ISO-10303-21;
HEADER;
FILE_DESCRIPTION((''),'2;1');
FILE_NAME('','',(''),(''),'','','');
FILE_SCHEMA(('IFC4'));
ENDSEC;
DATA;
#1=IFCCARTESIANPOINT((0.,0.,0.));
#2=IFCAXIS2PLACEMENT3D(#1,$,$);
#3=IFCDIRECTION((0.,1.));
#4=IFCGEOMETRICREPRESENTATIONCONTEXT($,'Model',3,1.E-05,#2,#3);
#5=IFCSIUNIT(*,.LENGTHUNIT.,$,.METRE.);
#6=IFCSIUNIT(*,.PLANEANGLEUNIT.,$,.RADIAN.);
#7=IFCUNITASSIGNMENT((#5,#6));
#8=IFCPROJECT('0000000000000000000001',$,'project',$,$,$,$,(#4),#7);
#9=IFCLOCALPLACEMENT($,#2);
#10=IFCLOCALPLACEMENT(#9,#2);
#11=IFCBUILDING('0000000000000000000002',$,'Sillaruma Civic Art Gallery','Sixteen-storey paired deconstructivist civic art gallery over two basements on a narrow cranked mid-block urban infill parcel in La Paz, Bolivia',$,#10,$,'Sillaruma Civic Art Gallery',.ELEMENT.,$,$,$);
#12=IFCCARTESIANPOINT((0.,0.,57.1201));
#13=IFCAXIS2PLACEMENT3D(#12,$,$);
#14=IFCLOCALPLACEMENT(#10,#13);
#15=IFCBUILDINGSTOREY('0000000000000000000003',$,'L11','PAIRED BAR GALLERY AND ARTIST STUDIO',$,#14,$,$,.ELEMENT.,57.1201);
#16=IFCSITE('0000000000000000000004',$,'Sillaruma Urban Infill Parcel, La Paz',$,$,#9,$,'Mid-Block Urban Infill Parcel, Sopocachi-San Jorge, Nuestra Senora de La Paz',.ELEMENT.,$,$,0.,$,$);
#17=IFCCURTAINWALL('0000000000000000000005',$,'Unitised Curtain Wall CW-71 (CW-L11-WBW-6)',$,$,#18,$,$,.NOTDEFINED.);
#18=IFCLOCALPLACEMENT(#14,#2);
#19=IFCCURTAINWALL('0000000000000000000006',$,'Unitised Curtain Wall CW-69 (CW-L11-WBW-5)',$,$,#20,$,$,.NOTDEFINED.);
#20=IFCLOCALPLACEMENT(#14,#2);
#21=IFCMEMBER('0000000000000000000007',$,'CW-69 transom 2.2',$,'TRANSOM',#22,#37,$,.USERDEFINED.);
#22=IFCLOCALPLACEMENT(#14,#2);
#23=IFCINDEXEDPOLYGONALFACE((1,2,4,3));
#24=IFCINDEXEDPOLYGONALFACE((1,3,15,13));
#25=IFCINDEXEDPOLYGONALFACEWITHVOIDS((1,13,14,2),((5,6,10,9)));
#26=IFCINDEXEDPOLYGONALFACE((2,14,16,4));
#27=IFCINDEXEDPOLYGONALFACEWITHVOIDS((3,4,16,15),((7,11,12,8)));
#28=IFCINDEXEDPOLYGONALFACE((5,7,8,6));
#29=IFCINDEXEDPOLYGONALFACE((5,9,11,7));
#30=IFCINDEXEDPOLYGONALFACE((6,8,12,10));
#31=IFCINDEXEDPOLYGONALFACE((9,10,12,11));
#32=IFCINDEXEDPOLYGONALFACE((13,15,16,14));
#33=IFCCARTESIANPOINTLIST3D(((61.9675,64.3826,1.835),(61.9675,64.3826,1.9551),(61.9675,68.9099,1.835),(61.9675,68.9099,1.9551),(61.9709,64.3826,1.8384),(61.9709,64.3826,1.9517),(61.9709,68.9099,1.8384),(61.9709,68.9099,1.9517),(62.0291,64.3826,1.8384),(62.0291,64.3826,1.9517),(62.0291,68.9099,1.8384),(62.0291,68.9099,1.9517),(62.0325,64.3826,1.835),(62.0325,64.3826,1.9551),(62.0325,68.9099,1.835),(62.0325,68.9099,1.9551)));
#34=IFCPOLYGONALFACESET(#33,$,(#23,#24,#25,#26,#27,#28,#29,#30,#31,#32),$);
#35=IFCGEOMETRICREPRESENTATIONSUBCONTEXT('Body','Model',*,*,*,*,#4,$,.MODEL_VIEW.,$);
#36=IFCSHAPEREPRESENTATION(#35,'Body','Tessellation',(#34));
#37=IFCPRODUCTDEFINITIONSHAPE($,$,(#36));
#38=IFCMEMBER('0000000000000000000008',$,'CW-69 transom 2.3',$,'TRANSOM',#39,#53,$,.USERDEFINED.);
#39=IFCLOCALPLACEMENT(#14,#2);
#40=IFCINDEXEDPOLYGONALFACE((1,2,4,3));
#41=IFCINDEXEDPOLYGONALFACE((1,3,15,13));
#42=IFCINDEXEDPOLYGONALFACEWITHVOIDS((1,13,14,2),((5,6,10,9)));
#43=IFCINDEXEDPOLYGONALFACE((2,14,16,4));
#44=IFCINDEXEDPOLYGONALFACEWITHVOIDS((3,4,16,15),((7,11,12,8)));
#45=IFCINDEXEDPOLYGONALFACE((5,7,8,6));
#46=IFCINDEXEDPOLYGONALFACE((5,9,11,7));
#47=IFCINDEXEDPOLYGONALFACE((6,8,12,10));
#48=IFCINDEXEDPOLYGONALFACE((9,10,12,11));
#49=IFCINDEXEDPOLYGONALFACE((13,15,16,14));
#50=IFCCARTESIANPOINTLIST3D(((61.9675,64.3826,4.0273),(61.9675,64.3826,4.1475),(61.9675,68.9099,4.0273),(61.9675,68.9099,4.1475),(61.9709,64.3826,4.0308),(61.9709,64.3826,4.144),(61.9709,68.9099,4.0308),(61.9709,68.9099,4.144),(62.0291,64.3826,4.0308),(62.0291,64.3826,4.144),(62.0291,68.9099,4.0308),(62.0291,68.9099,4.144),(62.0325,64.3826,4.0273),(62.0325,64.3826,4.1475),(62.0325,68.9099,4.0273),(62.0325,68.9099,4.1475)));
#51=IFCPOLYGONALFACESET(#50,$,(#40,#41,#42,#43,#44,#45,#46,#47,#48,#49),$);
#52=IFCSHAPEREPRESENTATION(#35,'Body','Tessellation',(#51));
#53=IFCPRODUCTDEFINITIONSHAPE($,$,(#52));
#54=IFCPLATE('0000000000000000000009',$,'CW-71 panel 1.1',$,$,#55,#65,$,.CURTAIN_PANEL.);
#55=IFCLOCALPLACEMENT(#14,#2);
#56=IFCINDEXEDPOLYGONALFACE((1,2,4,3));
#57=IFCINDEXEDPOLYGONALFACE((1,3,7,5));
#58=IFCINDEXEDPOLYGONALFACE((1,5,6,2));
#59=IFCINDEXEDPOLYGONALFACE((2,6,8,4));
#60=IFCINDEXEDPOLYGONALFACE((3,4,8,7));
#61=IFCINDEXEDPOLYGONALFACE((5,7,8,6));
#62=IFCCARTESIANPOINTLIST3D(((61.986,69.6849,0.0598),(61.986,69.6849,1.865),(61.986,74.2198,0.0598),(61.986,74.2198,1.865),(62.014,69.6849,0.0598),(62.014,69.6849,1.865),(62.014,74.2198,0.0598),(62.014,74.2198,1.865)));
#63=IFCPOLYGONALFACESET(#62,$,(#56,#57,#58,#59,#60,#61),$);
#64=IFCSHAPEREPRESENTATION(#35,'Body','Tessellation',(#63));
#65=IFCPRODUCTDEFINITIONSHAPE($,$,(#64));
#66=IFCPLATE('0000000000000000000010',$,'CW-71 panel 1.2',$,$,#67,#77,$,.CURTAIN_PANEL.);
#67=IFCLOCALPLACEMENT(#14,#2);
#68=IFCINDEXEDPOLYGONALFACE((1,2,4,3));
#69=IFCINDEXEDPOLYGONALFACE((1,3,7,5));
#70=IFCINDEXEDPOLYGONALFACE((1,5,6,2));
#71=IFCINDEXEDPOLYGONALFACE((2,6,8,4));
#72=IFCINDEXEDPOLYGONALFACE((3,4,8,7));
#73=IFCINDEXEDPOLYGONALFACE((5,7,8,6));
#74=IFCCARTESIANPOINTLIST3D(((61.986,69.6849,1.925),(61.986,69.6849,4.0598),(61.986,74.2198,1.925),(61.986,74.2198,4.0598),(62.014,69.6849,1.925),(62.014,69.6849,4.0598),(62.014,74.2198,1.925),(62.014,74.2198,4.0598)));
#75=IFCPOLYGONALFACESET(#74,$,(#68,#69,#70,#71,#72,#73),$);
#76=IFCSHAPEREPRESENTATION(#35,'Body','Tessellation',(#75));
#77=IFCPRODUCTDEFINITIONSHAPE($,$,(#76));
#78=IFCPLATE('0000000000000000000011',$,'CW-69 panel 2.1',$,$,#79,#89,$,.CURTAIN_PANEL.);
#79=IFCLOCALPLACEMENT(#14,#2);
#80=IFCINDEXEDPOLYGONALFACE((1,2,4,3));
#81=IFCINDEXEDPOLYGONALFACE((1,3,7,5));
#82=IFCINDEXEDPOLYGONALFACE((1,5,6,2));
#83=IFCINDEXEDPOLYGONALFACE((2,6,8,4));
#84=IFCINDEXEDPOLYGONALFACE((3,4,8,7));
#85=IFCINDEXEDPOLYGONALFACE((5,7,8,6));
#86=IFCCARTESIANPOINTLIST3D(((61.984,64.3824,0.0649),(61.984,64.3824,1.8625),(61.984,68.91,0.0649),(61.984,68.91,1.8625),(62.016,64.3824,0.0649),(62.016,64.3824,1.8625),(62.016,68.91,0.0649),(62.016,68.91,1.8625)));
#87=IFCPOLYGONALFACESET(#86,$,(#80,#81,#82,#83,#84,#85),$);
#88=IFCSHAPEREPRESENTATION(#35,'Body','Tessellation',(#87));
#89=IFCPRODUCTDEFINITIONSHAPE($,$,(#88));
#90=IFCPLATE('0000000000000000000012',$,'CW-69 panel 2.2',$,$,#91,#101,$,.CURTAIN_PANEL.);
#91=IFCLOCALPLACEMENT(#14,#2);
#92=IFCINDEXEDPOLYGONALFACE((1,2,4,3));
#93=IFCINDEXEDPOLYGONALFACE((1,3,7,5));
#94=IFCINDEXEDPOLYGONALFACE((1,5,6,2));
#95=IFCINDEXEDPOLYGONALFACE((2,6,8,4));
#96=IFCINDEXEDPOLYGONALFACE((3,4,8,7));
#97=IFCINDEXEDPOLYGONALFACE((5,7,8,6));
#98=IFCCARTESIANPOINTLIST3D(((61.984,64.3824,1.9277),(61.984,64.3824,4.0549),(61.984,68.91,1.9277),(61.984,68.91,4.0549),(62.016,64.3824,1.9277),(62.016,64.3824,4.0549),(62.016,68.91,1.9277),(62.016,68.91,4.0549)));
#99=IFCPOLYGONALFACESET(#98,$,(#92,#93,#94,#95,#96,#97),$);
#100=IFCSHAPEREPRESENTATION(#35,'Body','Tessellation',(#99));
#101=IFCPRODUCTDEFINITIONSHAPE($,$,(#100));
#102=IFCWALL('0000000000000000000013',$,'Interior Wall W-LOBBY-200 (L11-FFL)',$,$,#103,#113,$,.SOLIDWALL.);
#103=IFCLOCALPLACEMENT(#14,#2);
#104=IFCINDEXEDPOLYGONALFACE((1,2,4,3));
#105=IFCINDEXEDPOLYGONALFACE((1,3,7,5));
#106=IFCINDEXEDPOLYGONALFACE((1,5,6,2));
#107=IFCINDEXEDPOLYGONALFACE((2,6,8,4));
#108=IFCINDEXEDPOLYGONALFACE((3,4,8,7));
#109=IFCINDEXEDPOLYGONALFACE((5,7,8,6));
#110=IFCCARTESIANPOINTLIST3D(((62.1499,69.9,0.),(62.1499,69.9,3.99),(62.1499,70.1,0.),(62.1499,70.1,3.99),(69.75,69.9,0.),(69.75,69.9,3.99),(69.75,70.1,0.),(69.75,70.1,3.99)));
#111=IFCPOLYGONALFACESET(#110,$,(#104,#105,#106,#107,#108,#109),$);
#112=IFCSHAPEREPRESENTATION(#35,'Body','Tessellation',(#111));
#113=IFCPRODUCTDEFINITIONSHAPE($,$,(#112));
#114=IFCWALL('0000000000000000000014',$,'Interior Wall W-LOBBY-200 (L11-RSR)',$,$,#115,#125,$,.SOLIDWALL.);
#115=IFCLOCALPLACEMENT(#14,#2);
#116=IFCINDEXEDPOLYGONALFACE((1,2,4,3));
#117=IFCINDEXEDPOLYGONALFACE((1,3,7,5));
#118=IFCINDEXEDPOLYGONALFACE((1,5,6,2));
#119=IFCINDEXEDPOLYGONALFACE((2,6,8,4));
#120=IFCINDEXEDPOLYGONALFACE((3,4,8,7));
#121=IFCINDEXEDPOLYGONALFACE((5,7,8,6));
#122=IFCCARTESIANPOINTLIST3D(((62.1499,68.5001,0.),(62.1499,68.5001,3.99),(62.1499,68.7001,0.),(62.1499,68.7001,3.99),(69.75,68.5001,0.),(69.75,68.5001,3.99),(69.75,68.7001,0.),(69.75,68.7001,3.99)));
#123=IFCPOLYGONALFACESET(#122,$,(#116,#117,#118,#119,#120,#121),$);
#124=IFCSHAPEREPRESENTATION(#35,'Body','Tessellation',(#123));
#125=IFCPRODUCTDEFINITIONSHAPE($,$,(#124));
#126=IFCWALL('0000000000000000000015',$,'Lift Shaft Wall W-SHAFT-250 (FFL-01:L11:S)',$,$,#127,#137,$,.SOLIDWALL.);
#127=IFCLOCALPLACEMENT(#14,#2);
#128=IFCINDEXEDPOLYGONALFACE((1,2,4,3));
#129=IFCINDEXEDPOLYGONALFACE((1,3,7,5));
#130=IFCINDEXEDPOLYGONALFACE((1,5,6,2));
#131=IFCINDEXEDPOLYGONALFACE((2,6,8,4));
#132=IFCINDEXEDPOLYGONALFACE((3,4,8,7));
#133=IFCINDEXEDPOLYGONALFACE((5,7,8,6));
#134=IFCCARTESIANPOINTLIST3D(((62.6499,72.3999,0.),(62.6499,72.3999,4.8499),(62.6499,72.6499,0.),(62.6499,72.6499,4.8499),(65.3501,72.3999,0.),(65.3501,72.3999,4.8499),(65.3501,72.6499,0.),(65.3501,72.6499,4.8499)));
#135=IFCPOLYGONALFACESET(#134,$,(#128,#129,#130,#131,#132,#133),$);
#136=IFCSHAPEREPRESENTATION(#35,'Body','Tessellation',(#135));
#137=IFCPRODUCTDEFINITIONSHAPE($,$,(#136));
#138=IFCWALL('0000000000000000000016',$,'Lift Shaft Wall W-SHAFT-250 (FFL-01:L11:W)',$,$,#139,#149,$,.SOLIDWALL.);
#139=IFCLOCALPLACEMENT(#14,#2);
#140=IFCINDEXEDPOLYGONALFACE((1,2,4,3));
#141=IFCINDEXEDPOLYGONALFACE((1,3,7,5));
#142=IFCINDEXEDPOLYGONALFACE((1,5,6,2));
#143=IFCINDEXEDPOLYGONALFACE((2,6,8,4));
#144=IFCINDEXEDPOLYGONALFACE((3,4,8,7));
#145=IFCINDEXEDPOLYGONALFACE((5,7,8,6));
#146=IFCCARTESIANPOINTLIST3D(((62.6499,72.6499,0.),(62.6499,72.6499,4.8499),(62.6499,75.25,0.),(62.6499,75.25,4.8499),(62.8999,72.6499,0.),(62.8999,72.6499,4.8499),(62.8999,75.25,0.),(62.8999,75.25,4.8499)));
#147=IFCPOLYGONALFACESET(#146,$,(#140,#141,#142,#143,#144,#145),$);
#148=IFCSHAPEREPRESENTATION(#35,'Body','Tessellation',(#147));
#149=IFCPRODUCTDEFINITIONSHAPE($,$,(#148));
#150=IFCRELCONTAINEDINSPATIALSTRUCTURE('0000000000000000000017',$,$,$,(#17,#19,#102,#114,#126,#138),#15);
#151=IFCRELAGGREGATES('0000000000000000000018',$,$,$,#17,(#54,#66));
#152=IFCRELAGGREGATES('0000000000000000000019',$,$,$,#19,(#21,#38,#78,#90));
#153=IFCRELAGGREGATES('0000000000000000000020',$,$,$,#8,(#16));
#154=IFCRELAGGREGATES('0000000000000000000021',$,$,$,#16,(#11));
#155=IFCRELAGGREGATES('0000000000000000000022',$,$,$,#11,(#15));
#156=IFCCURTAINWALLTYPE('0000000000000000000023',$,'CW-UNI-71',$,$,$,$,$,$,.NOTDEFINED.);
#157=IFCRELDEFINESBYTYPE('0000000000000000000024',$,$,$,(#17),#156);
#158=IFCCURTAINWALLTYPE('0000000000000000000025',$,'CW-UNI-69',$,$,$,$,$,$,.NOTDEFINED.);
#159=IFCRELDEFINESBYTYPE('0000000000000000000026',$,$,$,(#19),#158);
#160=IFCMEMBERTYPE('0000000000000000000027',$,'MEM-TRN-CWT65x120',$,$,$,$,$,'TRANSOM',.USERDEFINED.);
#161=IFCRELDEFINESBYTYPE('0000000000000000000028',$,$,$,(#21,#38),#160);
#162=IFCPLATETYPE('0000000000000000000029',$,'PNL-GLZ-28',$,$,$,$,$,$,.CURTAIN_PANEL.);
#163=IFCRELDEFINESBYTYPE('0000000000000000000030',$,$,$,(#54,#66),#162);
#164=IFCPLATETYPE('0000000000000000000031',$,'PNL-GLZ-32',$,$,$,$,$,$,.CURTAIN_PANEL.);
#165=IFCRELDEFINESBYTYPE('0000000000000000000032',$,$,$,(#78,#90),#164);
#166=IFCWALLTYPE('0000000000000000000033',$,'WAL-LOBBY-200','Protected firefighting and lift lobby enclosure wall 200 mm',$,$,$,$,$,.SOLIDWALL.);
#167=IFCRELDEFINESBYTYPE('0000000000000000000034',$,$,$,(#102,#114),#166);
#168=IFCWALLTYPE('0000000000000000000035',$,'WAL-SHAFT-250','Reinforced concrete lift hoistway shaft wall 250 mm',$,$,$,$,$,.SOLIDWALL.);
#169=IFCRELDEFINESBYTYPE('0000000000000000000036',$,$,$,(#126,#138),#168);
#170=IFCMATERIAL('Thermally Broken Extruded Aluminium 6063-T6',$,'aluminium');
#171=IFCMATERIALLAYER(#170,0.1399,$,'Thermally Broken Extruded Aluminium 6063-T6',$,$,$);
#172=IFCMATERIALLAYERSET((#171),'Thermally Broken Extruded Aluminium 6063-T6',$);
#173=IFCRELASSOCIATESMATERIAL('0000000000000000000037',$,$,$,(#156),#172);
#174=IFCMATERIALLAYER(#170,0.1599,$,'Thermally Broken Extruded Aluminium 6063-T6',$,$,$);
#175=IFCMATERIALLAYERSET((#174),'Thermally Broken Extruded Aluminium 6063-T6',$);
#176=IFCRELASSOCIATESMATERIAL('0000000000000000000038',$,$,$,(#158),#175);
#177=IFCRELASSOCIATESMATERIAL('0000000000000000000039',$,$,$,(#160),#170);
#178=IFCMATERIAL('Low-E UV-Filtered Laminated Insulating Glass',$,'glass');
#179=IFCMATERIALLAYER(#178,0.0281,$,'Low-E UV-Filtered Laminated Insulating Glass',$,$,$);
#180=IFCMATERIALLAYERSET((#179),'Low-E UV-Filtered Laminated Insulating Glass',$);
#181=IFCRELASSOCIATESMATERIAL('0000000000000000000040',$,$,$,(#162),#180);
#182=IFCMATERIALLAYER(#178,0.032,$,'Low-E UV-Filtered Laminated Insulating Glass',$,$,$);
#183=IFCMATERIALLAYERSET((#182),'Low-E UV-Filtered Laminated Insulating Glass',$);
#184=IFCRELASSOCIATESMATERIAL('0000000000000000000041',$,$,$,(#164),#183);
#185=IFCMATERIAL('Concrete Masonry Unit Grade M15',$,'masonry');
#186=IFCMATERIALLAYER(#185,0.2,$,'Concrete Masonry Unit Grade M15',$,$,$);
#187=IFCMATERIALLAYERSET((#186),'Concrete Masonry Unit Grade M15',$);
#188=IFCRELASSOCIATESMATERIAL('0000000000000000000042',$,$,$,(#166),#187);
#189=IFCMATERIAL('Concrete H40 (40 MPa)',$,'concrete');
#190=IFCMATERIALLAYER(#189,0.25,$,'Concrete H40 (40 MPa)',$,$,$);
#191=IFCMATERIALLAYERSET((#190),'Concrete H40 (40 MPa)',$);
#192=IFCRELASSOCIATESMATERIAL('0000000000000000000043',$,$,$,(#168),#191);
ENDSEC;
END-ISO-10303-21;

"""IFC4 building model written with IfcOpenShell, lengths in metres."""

from ifc_helpers import new_model, si_unit, direction, frame, frame_2d, origin, origin_2d, place, context, subcontext, project, spatial, rectangle, hollow_rectangle, extrude, material, layer, layer_set, material_profile, profile_set, type_object, element, aggregate, save


model = new_model("IFC4")

# Units and contexts
model_context = context("Model", 3, precision=1e-05, world=origin(), true_north=direction((0.0, 1.0)))
body_context = subcontext(model_context, "Body", "Model", "MODEL_VIEW")
ifc_project = project(units=[si_unit("LENGTHUNIT", "METRE"), si_unit("PLANEANGLEUNIT", "RADIAN")], contexts=[model_context])

# Site, building, storey
site_placement = place(None, origin())
site = spatial("IfcSite", under=ifc_project, at=site_placement, Name="Sillaruma Urban Infill Parcel, La Paz", LongName="Mid-Block Urban Infill Parcel, Sopocachi-San Jorge, Nuestra Senora de La Paz", CompositionType="ELEMENT", RefElevation=0.0)
building_placement = place(site_placement, origin())
building = spatial("IfcBuilding", under=site, at=building_placement, Name="Sillaruma Civic Art Gallery", Description="Sixteen-storey paired deconstructivist civic art gallery over two basements on a narrow cranked mid-block urban infill parcel in La Paz, Bolivia", LongName="Sillaruma Civic Art Gallery", CompositionType="ELEMENT")
storey_placement = place(building_placement, frame((0.0, 0.0, 57.1201)))
storey = spatial("IfcBuildingStorey", under=building, at=storey_placement, Name="L11", Description="PAIRED BAR GALLERY AND ARTIST STUDIO", CompositionType="ELEMENT", Elevation=57.1201)

# Shared definitions
ifc_material_1 = material(Name="Concrete H40 (40 MPa)", Category="concrete")

# Curtain walls
ifc_material_2 = material(Name="Thermally Broken Extruded Aluminium 6063-T6", Category="aluminium")
ifc_layer_1 = layer(ifc_material_2, 0.1399, Name="Thermally Broken Extruded Aluminium 6063-T6")
ifc_layer_set_1 = layer_set([ifc_layer_1], Name="Thermally Broken Extruded Aluminium 6063-T6")
curtain_wall_type_1 = type_object("IfcCurtainWallType", Name="CW-UNI-71", PredefinedType="NOTDEFINED", material=ifc_layer_set_1)
curtain_wall_1_placement = place(storey_placement, origin())
curtain_wall_1 = element("IfcCurtainWall", 1, at=curtain_wall_1_placement, inside=storey, type_object=curtain_wall_type_1, Name="Unitised Curtain Wall CW-71 (CW-L11-WBW-6)", PredefinedType="NOTDEFINED")
ifc_layer_2 = layer(ifc_material_2, 0.1599, Name="Thermally Broken Extruded Aluminium 6063-T6")
ifc_layer_set_2 = layer_set([ifc_layer_2], Name="Thermally Broken Extruded Aluminium 6063-T6")
curtain_wall_type_2 = type_object("IfcCurtainWallType", Name="CW-UNI-69", PredefinedType="NOTDEFINED", material=ifc_layer_set_2)
curtain_wall_2_placement = place(storey_placement, origin())
curtain_wall_2 = element("IfcCurtainWall", 2, at=curtain_wall_2_placement, inside=storey, type_object=curtain_wall_type_2, Name="Unitised Curtain Wall CW-69 (CW-L11-WBW-5)", PredefinedType="NOTDEFINED")

# Members
ifc_material_profile_1 = material_profile(ifc_material_2, hollow_rectangle(XDim=0.0649, YDim=0.1201, WallThickness=0.0034, at=origin_2d()), Name="CWT65x120")
ifc_profile_set_1 = profile_set([ifc_material_profile_1], Name="Thermally Broken Extruded Aluminium 6063-T6")
member_type_1 = type_object("IfcMemberType", Name="MEM-TRN-CWT65x120", ElementType="TRANSOM", PredefinedType="USERDEFINED", material=ifc_profile_set_1)
member_1_placement = place(storey_placement, frame((62.0, 64.3826, 1.895), z_axis=(0.0, 1.0, 0.0), x_axis=(-1.0, 0.0, 0.0)))
member_1 = element("IfcMember", 3, at=member_1_placement, type_object=member_type_1, Name="CW-69 transom 2.2", ObjectType="TRANSOM", PredefinedType="USERDEFINED", context=body_context, shape_type="SweptSolid", body=[
    extrude(hollow_rectangle(XDim=0.0649, YDim=0.1201, WallThickness=0.0034, at=origin_2d()), origin(), (0.0, 0.0, 1.0), 4.5273),
])
member_2_placement = place(storey_placement, frame((62.0, 64.3826, 4.0874), z_axis=(0.0, 1.0, 0.0), x_axis=(-1.0, 0.0, 0.0)))
member_2 = element("IfcMember", 4, at=member_2_placement, type_object=member_type_1, Name="CW-69 transom 2.3", ObjectType="TRANSOM", PredefinedType="USERDEFINED", context=body_context, shape_type="SweptSolid", body=[
    extrude(hollow_rectangle(XDim=0.0649, YDim=0.1201, WallThickness=0.0034, at=origin_2d()), origin(), (0.0, 0.0, 1.0), 4.5273),
])

# Plates
ifc_material_3 = material(Name="Low-E UV-Filtered Laminated Insulating Glass", Category="glass")
ifc_layer_3 = layer(ifc_material_3, 0.0281, Name="Low-E UV-Filtered Laminated Insulating Glass")
ifc_layer_set_3 = layer_set([ifc_layer_3], Name="Low-E UV-Filtered Laminated Insulating Glass")
plate_type_1 = type_object("IfcPlateType", Name="PNL-GLZ-28", PredefinedType="CURTAIN_PANEL", material=ifc_layer_set_3)
plate_1_placement = place(storey_placement, frame((62.0, 71.9524, 0.0598), z_axis=(0.0, 0.0, 1.0), x_axis=(0.0, 1.0, 0.0)))
plate_1 = element("IfcPlate", 5, at=plate_1_placement, type_object=plate_type_1, Name="CW-71 panel 1.1", PredefinedType="CURTAIN_PANEL", context=body_context, shape_type="SweptSolid", body=[
    extrude(rectangle(XDim=4.5349, YDim=0.0281, at=origin_2d()), origin(), (0.0, 0.0, 1.0), 1.8052),
])
plate_2_placement = place(storey_placement, frame((62.0, 71.9524, 1.925), z_axis=(0.0, 0.0, 1.0), x_axis=(0.0, 1.0, 0.0)))
plate_2 = element("IfcPlate", 6, at=plate_2_placement, type_object=plate_type_1, Name="CW-71 panel 1.2", PredefinedType="CURTAIN_PANEL", context=body_context, shape_type="SweptSolid", body=[
    extrude(rectangle(XDim=4.5349, YDim=0.0281, at=origin_2d()), origin(), (0.0, 0.0, 1.0), 2.1348),
])
aggregate(curtain_wall_1, [plate_1, plate_2])
ifc_layer_4 = layer(ifc_material_3, 0.032, Name="Low-E UV-Filtered Laminated Insulating Glass")
ifc_layer_set_4 = layer_set([ifc_layer_4], Name="Low-E UV-Filtered Laminated Insulating Glass")
plate_type_2 = type_object("IfcPlateType", Name="PNL-GLZ-32", PredefinedType="CURTAIN_PANEL", material=ifc_layer_set_4)
plate_3_placement = place(storey_placement, frame((62.0, 66.6462, 0.0649), z_axis=(0.0, 0.0, 1.0), x_axis=(0.0, 1.0, 0.0)))
plate_3 = element("IfcPlate", 7, at=plate_3_placement, type_object=plate_type_2, Name="CW-69 panel 2.1", PredefinedType="CURTAIN_PANEL", context=body_context, shape_type="SweptSolid", body=[
    extrude(rectangle(XDim=4.5276, YDim=0.032, at=origin_2d()), origin(), (0.0, 0.0, 1.0), 1.7976),
])
plate_4_placement = place(storey_placement, frame((62.0, 66.6462, 1.9277), z_axis=(0.0, 0.0, 1.0), x_axis=(0.0, 1.0, 0.0)))
plate_4 = element("IfcPlate", 8, at=plate_4_placement, type_object=plate_type_2, Name="CW-69 panel 2.2", PredefinedType="CURTAIN_PANEL", context=body_context, shape_type="SweptSolid", body=[
    extrude(rectangle(XDim=4.5276, YDim=0.032, at=origin_2d()), origin(), (0.0, 0.0, 1.0), 2.1272),
])
aggregate(curtain_wall_2, [member_1, member_2, plate_3, plate_4])

# Walls
ifc_material_4 = material(Name="Concrete Masonry Unit Grade M15", Category="masonry")
ifc_layer_5 = layer(ifc_material_4, 0.2, Name="Concrete Masonry Unit Grade M15")
ifc_layer_set_5 = layer_set([ifc_layer_5], Name="Concrete Masonry Unit Grade M15")
wall_type_1 = type_object("IfcWallType", Name="WAL-LOBBY-200", Description="Protected firefighting and lift lobby enclosure wall 200 mm", PredefinedType="SOLIDWALL", material=ifc_layer_set_5)
for number, where, z_axis, x_axis, name in (
    (9, (62.1499, 70.0, 0.0), (0.0, 0.0, 1.0), (1.0, 0.0, 0.0), "Interior Wall W-LOBBY-200 (L11-FFL)"),
    (10, (62.1499, 68.6001, 0.0), (0.0, 0.0, 1.0), (1.0, 0.0, 0.0), "Interior Wall W-LOBBY-200 (L11-RSR)"),
):
    element("IfcWall", number, at=place(storey_placement, frame(where, z_axis=z_axis, x_axis=x_axis)), inside=storey, type_object=wall_type_1, Name=name, PredefinedType="SOLIDWALL", context=body_context, shape_type="SweptSolid", body=[
        extrude(rectangle(XDim=7.6001, YDim=0.2, at=frame_2d((3.8, 0.0))), origin(), (0.0, 0.0, 1.0), 3.99),
    ])
ifc_layer_6 = layer(ifc_material_1, 0.25, Name="Concrete H40 (40 MPa)")
ifc_layer_set_6 = layer_set([ifc_layer_6], Name="Concrete H40 (40 MPa)")
wall_type_2 = type_object("IfcWallType", Name="WAL-SHAFT-250", Description="Reinforced concrete lift hoistway shaft wall 250 mm", PredefinedType="SOLIDWALL", material=ifc_layer_set_6)
wall_1_placement = place(storey_placement, frame((62.6499, 72.5249, 0.0), z_axis=(0.0, 0.0, 1.0), x_axis=(1.0, 0.0, 0.0)))
element("IfcWall", 11, at=wall_1_placement, inside=storey, type_object=wall_type_2, Name="Lift Shaft Wall W-SHAFT-250 (FFL-01:L11:S)", PredefinedType="SOLIDWALL", context=body_context, shape_type="SweptSolid", body=[
    extrude(rectangle(XDim=2.7002, YDim=0.25, at=frame_2d((1.3501, 0.0))), origin(), (0.0, 0.0, 1.0), 4.8499),
])
wall_2_placement = place(storey_placement, frame((62.7749, 72.6499, 0.0), z_axis=(0.0, 0.0, 1.0), x_axis=(0.0, 1.0, 0.0)))
element("IfcWall", 12, at=wall_2_placement, inside=storey, type_object=wall_type_2, Name="Lift Shaft Wall W-SHAFT-250 (FFL-01:L11:W)", PredefinedType="SOLIDWALL", context=body_context, shape_type="SweptSolid", body=[
    extrude(rectangle(XDim=2.6001, YDim=0.25, at=frame_2d((1.3, 0.0))), origin(), (0.0, 0.0, 1.0), 4.8499),
])

save(model, "model.ifc")
